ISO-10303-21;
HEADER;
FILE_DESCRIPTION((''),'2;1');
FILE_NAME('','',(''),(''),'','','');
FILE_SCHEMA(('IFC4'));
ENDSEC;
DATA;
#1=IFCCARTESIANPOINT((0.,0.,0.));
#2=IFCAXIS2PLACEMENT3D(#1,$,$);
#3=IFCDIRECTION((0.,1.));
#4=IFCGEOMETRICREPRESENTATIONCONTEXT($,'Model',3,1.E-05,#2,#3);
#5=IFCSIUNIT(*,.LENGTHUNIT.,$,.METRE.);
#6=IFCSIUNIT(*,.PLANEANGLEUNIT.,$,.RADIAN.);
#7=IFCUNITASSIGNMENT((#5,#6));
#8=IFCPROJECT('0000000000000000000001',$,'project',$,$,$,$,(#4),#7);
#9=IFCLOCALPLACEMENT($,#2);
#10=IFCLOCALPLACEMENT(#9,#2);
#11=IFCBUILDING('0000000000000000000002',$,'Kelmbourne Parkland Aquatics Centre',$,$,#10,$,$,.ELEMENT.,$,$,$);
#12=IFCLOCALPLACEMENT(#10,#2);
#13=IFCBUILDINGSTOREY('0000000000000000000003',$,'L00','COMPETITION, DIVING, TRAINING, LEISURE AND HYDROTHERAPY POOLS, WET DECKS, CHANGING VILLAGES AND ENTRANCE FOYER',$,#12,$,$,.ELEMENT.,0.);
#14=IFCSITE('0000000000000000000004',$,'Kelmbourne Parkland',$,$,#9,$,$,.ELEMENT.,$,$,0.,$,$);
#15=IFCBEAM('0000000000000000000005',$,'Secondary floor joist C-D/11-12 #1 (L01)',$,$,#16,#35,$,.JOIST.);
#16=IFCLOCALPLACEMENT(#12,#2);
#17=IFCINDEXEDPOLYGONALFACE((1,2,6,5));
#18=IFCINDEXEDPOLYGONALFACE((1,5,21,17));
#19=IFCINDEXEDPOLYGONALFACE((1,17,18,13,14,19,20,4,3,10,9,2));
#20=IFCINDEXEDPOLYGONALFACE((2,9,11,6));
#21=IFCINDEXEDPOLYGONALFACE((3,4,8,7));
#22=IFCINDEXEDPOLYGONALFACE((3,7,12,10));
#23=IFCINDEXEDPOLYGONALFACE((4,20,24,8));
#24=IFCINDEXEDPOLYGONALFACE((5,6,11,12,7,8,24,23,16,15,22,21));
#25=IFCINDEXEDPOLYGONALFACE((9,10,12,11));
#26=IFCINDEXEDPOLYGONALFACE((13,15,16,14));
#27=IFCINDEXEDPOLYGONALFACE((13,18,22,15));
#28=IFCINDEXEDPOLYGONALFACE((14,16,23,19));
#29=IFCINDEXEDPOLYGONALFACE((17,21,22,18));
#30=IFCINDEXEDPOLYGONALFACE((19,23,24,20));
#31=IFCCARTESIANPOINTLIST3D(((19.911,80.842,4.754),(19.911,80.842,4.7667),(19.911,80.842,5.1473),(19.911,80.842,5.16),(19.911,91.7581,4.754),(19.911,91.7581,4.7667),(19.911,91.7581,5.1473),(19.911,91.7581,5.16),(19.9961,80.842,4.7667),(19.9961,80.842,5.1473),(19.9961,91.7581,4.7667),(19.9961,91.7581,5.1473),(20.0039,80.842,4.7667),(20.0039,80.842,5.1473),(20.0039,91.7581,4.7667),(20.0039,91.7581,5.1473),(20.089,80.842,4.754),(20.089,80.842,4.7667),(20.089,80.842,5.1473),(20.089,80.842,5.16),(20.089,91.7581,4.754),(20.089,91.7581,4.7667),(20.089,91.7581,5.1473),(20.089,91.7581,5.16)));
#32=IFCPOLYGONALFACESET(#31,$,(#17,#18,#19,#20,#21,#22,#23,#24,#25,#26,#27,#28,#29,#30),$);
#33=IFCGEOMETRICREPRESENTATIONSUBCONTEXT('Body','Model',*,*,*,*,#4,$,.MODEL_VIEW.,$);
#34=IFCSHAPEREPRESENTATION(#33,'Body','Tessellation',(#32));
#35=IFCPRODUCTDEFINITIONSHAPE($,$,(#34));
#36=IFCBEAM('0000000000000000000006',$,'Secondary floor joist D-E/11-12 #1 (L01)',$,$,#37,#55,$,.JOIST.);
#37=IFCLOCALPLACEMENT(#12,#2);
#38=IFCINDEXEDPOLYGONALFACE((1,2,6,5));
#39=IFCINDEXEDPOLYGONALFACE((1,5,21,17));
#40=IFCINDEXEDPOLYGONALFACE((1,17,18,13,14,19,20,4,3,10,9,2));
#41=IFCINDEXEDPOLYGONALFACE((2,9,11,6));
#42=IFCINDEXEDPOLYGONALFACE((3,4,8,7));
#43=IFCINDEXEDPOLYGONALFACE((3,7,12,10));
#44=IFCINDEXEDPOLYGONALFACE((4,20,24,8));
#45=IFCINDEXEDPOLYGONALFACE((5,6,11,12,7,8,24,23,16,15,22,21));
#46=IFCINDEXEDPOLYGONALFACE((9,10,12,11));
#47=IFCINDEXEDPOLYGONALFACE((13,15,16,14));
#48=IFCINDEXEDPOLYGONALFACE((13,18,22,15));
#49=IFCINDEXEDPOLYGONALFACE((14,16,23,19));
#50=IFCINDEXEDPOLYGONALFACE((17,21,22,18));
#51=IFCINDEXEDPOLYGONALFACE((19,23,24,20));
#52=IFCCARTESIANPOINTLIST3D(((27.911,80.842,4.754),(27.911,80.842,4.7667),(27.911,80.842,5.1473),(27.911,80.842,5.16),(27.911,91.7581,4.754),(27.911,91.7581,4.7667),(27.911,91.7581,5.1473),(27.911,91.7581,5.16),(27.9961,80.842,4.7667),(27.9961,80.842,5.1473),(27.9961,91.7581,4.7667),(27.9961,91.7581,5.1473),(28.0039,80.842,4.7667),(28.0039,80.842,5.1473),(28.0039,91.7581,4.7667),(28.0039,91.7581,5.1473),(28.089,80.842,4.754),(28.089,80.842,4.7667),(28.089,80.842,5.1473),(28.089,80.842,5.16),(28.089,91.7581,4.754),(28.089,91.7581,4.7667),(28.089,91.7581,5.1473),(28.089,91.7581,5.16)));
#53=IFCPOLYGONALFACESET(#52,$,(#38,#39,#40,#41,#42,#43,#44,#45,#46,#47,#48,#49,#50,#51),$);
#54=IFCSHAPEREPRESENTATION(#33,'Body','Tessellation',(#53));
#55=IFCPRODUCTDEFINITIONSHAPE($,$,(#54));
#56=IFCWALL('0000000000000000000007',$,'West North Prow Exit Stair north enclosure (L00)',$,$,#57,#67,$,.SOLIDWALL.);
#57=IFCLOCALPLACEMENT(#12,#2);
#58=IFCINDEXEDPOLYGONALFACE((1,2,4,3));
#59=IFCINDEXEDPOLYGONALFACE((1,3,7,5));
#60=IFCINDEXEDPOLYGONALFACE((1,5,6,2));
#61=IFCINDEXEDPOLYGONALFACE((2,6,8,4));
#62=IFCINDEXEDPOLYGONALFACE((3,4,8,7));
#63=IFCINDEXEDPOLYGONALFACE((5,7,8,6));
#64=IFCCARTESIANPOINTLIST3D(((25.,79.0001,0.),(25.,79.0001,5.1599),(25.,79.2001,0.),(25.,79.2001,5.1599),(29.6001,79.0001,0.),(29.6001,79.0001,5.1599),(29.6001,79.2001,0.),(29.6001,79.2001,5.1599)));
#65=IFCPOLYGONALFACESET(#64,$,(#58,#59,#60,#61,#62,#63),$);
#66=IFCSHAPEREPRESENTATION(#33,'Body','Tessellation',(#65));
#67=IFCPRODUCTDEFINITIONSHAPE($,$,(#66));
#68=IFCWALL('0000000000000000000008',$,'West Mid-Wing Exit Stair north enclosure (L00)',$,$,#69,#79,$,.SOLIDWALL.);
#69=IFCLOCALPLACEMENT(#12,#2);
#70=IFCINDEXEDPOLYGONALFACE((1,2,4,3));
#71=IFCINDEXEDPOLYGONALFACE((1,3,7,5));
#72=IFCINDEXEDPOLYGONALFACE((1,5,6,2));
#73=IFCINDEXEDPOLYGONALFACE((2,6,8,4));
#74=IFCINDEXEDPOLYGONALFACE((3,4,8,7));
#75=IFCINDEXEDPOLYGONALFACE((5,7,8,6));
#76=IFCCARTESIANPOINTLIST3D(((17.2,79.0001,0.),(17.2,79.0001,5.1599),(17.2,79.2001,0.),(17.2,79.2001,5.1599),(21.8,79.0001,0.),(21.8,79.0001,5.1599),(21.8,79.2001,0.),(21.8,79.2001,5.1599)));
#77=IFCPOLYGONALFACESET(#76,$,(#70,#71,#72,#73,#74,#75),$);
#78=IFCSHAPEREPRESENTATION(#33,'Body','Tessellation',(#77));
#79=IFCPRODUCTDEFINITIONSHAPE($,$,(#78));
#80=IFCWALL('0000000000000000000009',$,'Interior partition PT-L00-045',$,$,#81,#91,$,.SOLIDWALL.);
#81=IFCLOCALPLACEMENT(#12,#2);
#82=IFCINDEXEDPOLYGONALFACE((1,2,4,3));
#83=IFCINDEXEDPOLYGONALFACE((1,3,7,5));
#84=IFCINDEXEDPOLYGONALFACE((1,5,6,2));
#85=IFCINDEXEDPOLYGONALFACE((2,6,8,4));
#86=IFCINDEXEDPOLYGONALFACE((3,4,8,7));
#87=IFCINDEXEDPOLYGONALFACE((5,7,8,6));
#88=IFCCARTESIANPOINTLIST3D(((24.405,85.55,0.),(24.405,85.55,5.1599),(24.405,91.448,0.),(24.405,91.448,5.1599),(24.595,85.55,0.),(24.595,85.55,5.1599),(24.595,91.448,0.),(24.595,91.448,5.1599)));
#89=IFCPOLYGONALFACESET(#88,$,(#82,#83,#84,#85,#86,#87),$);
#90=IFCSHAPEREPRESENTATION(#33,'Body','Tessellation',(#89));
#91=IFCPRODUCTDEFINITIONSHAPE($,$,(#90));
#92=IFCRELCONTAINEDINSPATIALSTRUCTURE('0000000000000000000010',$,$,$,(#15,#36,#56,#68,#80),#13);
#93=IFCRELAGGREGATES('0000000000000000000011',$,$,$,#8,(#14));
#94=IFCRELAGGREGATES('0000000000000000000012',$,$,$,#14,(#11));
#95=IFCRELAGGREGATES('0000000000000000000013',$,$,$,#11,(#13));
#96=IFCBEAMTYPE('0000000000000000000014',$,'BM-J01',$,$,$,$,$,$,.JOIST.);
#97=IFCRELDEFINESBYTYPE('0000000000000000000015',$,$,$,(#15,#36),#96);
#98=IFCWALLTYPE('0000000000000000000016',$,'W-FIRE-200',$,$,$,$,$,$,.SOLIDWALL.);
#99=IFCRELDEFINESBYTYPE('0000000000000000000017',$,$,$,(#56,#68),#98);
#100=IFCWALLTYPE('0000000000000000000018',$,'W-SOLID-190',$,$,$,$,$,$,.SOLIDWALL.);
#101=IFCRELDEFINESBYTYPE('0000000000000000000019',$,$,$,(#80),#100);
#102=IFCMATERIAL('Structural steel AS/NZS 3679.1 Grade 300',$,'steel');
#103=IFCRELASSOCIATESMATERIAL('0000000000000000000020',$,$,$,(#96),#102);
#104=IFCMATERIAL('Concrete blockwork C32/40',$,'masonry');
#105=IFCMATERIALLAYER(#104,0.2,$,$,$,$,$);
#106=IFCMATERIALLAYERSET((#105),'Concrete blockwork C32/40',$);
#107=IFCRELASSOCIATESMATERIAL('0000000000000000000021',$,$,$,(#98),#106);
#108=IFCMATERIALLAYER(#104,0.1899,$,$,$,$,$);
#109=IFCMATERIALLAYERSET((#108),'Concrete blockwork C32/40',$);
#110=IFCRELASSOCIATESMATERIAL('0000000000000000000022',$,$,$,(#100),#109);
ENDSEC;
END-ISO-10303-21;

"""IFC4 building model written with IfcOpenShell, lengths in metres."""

from ifc_helpers import new_model, si_unit, direction, frame, frame_2d, origin, origin_2d, place, context, subcontext, project, spatial, rectangle, i_section, extrude, material, layer, layer_set, material_profile, profile_set, type_object, element, save


model = new_model("IFC4")

# Units and contexts
model_context = context("Model", 3, precision=1e-05, world=origin(), true_north=direction((0.0, 1.0)))
body_context = subcontext(model_context, "Body", "Model", "MODEL_VIEW")
ifc_project = project(units=[si_unit("LENGTHUNIT", "METRE"), si_unit("PLANEANGLEUNIT", "RADIAN")], contexts=[model_context])

# Site, building, storey
site_placement = place(None, origin())
site = spatial("IfcSite", under=ifc_project, at=site_placement, Name="Kelmbourne Parkland", CompositionType="ELEMENT", RefElevation=0.0)
building_placement = place(site_placement, origin())
building = spatial("IfcBuilding", under=site, at=building_placement, Name="Kelmbourne Parkland Aquatics Centre", CompositionType="ELEMENT")
storey_placement = place(building_placement, origin())
storey = spatial("IfcBuildingStorey", under=building, at=storey_placement, Name="L00", Description="COMPETITION, DIVING, TRAINING, LEISURE AND HYDROTHERAPY POOLS, WET DECKS, CHANGING VILLAGES AND ENTRANCE FOYER", CompositionType="ELEMENT", Elevation=0.0)

# Beams
ifc_material_1 = material(Name="Structural steel AS/NZS 3679.1 Grade 300", Category="steel")
ifc_material_profile_1 = material_profile(ifc_material_1, i_section(OverallWidth=0.178, OverallDepth=0.406, WebThickness=0.0078, FlangeThickness=0.0127, at=origin_2d()), Name="410UB59.7")
ifc_profile_set_1 = profile_set([ifc_material_profile_1], Name="Structural steel AS/NZS 3679.1 Grade 300")
beam_type_1 = type_object("IfcBeamType", Name="BM-J01", PredefinedType="JOIST", material=ifc_profile_set_1)
for number, where, z_axis, x_axis, name in (
    (1, (20.0, 80.842, 4.957), (0.0, 1.0, 0.0), (-1.0, 0.0, 0.0), "Secondary floor joist C-D/11-12 #1 (L01)"),
    (2, (28.0, 80.842, 4.957), (0.0, 1.0, 0.0), (-1.0, 0.0, 0.0), "Secondary floor joist D-E/11-12 #1 (L01)"),
):
    element("IfcBeam", number, at=place(storey_placement, frame(where, z_axis=z_axis, x_axis=x_axis)), inside=storey, type_object=beam_type_1, Name=name, PredefinedType="JOIST", context=body_context, shape_type="SweptSolid", body=[
        extrude(i_section(OverallWidth=0.178, OverallDepth=0.406, WebThickness=0.0078, FlangeThickness=0.0127, at=origin_2d()), origin(), (0.0, 0.0, 1.0), 10.916),
    ])

# Walls
ifc_material_2 = material(Name="Concrete blockwork C32/40", Category="masonry")
ifc_layer_1 = layer(ifc_material_2, 0.2)
ifc_layer_set_1 = layer_set([ifc_layer_1], Name="Concrete blockwork C32/40")
wall_type_1 = type_object("IfcWallType", Name="W-FIRE-200", PredefinedType="SOLIDWALL", material=ifc_layer_set_1)
for number, where, z_axis, x_axis, name in (
    (3, (25.0, 79.1001, 0.0), (0.0, 0.0, 1.0), (1.0, 0.0, 0.0), "West North Prow Exit Stair north enclosure (L00)"),
    (4, (17.2, 79.1001, 0.0), (0.0, 0.0, 1.0), (1.0, 0.0, 0.0), "West Mid-Wing Exit Stair north enclosure (L00)"),
):
    element("IfcWall", number, at=place(storey_placement, frame(where, z_axis=z_axis, x_axis=x_axis)), inside=storey, type_object=wall_type_1, Name=name, PredefinedType="SOLIDWALL", context=body_context, shape_type="SweptSolid", body=[
        extrude(rectangle(XDim=4.6001, YDim=0.2, at=frame_2d((2.3, 0.0))), origin(), (0.0, 0.0, 1.0), 5.1599),
    ])
ifc_layer_2 = layer(ifc_material_2, 0.1899)
ifc_layer_set_2 = layer_set([ifc_layer_2], Name="Concrete blockwork C32/40")
wall_type_2 = type_object("IfcWallType", Name="W-SOLID-190", PredefinedType="SOLIDWALL", material=ifc_layer_set_2)
wall_placement = place(storey_placement, frame((24.5, 85.55, 0.0), z_axis=(0.0, 0.0, 1.0), x_axis=(0.0, 1.0, 0.0)))
element("IfcWall", 5, at=wall_placement, inside=storey, type_object=wall_type_2, Name="Interior partition PT-L00-045", PredefinedType="SOLIDWALL", context=body_context, shape_type="SweptSolid", body=[
    extrude(rectangle(XDim=5.8979, YDim=0.1899, at=frame_2d((2.949, 0.0))), origin(), (0.0, 0.0, 1.0), 5.1599),
])

save(model, "model.ifc")
